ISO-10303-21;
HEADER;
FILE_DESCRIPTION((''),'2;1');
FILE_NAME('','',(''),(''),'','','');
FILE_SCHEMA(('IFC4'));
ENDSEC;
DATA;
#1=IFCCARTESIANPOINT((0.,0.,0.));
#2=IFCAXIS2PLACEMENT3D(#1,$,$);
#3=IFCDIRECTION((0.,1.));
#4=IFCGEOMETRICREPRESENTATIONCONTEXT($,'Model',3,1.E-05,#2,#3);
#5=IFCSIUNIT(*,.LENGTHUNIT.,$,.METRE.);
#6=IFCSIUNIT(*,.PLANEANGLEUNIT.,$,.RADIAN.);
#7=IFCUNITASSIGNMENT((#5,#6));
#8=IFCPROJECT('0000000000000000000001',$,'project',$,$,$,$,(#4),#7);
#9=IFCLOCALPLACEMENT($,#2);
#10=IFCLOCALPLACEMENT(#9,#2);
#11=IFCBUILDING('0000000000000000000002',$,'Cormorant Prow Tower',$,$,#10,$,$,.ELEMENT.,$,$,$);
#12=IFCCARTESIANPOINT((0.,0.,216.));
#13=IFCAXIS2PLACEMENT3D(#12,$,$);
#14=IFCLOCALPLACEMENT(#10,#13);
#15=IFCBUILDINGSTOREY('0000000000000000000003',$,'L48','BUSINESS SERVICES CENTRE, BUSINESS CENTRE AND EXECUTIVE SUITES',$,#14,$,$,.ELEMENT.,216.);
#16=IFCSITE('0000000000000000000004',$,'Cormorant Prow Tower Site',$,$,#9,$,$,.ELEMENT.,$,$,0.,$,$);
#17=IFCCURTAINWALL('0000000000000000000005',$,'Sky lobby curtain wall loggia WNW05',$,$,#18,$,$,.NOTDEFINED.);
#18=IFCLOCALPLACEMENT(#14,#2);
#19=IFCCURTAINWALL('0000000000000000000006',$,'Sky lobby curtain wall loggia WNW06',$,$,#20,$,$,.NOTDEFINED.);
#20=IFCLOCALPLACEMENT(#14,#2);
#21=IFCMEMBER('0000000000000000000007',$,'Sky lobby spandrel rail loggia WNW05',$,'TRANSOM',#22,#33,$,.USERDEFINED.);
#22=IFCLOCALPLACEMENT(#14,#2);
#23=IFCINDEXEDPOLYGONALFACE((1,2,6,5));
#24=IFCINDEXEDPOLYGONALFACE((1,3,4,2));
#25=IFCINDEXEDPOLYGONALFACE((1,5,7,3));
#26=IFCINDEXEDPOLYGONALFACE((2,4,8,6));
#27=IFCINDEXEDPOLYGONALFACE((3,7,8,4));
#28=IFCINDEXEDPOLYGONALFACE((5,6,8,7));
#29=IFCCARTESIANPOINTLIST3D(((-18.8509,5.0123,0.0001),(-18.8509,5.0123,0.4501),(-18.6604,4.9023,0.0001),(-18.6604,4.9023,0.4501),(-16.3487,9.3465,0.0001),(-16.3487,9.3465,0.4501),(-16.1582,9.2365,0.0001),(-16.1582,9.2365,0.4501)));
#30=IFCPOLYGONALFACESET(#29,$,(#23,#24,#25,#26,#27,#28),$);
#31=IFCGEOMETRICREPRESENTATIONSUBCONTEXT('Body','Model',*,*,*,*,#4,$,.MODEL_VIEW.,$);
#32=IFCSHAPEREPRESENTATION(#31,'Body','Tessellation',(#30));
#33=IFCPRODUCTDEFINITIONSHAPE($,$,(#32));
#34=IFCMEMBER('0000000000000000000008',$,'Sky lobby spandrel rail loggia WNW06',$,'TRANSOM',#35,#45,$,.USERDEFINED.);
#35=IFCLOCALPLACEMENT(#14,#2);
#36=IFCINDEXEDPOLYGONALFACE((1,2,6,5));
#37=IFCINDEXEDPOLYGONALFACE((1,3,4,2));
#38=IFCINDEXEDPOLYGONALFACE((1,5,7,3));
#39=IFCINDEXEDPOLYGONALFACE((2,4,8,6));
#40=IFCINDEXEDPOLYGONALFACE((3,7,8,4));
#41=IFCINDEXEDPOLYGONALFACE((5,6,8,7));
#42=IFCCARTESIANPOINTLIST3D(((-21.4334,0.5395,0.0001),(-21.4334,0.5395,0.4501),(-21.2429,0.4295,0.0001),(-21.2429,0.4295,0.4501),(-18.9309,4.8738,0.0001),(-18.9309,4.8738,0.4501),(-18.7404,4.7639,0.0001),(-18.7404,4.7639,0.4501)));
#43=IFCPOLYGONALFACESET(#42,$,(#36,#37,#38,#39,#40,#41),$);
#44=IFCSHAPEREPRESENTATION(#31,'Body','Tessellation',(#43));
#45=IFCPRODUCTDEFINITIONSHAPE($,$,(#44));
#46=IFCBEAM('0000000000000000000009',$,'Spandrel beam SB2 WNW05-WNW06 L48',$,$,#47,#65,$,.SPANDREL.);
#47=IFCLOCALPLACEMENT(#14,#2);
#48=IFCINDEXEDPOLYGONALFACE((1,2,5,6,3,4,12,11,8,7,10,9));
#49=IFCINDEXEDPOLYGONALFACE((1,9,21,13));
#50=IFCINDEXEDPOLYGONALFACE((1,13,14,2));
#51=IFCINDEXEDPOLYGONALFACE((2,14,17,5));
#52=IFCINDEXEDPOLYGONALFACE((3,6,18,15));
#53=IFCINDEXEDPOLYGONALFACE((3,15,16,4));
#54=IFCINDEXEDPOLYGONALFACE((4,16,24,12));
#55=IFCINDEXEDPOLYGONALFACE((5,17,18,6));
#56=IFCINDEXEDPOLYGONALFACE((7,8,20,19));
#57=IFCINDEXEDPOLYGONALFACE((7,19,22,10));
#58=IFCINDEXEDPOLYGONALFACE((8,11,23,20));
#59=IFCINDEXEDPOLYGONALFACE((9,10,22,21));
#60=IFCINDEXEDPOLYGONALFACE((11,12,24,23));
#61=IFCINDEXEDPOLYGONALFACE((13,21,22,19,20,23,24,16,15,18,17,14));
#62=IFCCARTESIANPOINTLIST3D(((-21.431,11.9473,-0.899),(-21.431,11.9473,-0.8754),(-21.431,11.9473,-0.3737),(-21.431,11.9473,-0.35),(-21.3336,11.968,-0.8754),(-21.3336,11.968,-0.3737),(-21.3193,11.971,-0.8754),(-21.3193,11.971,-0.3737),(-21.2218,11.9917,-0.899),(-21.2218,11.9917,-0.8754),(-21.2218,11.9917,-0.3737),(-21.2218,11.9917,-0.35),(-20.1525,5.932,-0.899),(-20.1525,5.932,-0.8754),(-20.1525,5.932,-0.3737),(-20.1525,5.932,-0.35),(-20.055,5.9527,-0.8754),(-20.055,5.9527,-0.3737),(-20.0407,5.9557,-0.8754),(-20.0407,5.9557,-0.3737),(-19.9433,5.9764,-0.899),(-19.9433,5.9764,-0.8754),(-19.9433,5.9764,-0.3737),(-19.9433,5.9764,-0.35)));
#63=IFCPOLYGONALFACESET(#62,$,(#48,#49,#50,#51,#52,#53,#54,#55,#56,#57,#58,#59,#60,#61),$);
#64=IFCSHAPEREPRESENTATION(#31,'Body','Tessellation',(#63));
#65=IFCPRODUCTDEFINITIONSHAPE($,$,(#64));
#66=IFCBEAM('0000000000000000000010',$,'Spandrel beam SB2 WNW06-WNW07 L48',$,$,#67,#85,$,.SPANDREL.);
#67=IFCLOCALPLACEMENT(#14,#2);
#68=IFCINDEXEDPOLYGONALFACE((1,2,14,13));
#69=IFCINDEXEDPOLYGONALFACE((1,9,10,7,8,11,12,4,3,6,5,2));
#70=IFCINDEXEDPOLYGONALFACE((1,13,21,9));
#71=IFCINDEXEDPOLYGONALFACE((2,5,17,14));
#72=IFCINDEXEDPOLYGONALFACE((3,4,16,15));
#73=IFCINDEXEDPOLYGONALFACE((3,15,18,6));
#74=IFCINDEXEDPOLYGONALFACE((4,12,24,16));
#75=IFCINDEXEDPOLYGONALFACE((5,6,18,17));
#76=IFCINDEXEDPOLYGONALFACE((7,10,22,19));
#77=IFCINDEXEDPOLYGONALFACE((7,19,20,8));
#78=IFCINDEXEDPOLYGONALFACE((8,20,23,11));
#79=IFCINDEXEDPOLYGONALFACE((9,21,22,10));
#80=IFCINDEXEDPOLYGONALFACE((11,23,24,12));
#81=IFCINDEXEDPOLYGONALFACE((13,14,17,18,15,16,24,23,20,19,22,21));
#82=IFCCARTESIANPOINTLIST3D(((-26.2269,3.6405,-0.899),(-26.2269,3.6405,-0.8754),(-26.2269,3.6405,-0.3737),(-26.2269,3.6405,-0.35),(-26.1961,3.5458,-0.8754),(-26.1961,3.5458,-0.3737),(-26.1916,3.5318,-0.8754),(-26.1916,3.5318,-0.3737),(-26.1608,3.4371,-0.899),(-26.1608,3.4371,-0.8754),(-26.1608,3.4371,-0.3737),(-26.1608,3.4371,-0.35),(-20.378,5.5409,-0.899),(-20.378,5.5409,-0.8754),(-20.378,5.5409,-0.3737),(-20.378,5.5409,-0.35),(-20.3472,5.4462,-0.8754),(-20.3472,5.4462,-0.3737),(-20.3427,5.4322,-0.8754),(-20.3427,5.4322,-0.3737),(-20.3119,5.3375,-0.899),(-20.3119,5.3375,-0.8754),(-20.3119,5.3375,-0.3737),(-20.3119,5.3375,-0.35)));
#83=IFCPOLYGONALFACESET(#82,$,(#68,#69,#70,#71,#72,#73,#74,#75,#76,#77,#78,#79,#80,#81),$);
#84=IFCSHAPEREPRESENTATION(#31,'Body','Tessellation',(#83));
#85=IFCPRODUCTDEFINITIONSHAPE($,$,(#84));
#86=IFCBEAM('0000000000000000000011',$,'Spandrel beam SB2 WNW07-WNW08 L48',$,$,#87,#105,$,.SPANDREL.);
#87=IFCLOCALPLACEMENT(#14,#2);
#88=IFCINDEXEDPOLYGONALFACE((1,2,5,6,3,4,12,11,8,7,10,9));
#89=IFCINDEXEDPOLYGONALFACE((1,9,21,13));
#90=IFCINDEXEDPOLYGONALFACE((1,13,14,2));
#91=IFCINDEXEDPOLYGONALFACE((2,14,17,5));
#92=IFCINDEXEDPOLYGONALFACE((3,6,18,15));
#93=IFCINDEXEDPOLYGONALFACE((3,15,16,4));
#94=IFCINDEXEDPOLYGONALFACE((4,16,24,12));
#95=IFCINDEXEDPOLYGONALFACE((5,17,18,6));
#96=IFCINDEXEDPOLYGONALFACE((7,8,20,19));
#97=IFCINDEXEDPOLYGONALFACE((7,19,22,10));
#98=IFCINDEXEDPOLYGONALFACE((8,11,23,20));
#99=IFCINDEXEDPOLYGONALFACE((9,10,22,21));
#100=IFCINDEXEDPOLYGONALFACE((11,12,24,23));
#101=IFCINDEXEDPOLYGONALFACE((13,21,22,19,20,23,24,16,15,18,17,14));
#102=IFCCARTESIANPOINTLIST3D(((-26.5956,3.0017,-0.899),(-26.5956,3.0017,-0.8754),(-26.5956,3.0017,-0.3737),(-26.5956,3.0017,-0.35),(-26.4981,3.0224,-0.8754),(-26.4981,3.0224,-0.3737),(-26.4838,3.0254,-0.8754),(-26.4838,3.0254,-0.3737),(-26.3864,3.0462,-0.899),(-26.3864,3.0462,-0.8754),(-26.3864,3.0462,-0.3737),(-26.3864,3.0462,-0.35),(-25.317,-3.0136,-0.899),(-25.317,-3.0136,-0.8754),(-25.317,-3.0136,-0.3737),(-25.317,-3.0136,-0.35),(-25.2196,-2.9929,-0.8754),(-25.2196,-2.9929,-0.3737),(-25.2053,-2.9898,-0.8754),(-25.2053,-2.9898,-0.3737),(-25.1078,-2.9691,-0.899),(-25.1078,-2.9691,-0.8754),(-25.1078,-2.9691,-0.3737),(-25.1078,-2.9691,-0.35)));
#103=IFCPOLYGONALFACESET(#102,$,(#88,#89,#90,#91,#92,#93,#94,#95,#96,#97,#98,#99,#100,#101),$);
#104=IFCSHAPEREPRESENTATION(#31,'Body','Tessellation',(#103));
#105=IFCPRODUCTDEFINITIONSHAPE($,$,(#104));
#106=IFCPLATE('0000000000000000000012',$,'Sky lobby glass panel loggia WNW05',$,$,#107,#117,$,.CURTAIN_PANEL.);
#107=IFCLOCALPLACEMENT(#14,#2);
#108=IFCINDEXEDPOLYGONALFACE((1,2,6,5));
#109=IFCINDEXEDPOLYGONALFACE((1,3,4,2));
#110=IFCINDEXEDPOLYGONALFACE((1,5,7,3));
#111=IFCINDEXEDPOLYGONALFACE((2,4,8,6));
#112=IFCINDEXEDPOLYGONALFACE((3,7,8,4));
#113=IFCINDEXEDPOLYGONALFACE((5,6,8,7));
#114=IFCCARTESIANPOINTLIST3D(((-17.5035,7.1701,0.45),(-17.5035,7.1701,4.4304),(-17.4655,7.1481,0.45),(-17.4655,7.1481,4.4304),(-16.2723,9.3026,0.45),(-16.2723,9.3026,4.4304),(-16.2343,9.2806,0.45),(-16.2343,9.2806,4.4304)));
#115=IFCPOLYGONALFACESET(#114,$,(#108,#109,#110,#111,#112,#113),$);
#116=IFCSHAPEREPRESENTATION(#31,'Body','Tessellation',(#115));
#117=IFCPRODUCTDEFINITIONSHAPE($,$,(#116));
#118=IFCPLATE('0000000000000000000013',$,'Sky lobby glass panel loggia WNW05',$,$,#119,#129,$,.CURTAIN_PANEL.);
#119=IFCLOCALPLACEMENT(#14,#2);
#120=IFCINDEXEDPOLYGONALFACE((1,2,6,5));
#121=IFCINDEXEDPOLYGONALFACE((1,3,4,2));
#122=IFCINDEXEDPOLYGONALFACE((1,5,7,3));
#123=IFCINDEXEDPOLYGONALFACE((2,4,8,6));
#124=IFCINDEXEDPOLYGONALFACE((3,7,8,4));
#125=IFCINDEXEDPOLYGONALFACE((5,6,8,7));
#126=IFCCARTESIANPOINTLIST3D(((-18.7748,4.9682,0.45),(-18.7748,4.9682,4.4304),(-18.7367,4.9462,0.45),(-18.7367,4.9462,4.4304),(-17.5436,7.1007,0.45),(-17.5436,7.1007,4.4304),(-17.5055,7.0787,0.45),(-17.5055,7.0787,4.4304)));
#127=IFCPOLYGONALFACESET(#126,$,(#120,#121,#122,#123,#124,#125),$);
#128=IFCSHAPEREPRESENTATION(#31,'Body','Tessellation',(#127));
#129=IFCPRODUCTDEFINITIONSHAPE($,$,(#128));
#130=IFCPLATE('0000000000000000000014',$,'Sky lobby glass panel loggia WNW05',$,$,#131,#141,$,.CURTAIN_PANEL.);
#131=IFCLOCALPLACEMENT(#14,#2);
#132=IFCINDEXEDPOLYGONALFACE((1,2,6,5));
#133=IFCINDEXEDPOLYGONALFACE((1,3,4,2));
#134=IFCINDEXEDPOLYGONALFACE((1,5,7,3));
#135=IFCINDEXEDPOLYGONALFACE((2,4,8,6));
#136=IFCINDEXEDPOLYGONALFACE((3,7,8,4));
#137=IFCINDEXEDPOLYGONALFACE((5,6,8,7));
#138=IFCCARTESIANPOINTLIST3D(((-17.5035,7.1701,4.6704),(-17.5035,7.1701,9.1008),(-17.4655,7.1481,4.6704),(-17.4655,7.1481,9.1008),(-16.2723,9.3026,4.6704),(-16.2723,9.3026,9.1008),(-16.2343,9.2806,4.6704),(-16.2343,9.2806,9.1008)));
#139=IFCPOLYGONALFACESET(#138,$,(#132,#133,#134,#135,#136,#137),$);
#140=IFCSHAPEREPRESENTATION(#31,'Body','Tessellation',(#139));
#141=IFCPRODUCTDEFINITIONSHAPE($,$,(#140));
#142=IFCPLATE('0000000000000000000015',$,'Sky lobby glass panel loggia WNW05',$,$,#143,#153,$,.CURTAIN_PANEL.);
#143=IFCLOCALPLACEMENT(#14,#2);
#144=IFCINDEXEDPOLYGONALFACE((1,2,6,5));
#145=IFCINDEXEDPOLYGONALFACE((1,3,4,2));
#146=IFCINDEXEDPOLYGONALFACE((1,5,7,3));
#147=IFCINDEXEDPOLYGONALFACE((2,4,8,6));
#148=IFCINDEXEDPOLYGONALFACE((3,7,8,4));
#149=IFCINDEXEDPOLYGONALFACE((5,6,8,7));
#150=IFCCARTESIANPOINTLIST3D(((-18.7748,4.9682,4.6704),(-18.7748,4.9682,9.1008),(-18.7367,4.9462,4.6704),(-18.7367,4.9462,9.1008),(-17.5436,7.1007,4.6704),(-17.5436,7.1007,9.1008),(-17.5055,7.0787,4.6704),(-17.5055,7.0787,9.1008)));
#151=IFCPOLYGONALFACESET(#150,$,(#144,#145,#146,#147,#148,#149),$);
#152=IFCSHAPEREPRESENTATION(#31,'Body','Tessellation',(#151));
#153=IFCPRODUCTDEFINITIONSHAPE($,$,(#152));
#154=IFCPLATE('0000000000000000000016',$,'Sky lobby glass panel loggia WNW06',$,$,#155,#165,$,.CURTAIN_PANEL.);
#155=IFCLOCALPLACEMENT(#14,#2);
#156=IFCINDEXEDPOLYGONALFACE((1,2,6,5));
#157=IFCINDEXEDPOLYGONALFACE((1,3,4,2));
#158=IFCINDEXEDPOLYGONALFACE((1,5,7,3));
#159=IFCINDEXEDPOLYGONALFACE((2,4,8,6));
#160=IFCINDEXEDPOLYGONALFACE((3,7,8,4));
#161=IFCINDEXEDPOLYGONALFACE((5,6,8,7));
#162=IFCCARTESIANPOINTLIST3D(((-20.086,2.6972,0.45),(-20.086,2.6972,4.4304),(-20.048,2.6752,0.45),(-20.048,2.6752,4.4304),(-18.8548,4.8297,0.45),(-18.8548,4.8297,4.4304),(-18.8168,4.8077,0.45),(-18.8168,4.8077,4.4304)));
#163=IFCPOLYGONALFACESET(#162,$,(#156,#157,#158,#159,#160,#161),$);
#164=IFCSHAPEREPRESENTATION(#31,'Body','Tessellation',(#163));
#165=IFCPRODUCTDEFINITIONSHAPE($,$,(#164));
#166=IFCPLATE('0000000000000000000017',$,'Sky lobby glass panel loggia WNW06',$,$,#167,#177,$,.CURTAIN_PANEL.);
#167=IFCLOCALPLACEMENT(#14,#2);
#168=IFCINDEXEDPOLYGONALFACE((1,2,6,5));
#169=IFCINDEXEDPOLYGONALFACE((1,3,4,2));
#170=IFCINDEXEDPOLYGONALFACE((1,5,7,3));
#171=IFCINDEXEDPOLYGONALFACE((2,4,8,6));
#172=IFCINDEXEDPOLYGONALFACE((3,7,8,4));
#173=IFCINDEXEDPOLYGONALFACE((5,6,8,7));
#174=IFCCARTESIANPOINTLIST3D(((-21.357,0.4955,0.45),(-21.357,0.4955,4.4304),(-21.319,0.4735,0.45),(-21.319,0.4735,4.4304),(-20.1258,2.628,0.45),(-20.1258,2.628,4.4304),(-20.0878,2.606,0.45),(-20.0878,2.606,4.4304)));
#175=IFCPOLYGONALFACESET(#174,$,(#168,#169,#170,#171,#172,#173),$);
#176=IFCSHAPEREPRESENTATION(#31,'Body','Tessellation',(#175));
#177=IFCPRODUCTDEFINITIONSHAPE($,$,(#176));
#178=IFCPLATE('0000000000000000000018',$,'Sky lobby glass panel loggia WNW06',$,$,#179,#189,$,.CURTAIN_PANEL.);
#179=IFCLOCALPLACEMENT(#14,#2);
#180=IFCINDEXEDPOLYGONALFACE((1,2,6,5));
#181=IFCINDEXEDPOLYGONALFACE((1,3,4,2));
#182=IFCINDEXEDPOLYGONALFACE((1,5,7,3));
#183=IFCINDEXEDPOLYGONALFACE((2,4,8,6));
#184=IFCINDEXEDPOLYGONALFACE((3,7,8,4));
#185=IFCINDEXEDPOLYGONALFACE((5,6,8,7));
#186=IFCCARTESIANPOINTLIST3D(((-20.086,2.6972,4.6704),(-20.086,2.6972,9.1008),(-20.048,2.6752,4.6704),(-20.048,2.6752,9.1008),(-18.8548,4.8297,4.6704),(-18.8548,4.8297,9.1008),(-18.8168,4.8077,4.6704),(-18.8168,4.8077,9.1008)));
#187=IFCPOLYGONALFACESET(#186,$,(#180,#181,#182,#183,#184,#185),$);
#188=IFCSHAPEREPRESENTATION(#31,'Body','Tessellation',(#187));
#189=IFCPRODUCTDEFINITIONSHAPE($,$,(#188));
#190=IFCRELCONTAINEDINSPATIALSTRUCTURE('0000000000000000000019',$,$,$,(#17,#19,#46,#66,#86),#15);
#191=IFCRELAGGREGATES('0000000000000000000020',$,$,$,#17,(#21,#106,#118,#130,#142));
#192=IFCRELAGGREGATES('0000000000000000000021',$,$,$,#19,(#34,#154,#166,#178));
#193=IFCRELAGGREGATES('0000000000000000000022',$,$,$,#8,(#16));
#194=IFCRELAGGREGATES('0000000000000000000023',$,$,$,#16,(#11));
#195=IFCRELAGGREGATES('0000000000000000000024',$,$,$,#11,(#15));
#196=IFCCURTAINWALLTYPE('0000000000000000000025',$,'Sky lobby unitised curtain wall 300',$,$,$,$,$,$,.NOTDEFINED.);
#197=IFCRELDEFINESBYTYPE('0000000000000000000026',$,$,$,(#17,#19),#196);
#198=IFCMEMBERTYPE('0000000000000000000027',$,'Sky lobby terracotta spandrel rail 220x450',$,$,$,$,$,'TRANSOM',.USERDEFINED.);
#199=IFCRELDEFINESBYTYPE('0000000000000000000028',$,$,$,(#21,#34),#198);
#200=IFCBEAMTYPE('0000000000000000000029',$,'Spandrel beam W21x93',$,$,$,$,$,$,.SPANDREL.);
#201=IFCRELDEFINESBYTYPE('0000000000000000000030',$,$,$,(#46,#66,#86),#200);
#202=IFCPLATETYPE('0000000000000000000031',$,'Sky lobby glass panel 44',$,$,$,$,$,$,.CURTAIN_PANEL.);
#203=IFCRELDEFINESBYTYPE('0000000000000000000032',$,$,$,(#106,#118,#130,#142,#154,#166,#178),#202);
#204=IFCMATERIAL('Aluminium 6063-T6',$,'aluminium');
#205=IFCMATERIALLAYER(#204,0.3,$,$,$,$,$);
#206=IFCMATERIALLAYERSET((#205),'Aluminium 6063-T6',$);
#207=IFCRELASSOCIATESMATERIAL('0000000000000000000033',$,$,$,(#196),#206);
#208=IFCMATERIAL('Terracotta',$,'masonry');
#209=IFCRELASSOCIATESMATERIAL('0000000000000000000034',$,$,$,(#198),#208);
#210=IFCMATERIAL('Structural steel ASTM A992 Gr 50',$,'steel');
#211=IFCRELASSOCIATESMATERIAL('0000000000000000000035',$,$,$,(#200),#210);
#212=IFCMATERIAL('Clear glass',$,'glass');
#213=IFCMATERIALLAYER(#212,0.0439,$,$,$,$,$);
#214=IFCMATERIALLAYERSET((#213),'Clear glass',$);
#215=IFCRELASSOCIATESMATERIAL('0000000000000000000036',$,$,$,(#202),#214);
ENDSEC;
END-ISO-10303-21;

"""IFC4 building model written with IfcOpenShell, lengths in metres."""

from ifc_helpers import new_model, si_unit, direction, frame, origin, origin_2d, place, context, subcontext, project, spatial, rectangle, i_section, extrude, material, layer, layer_set, material_profile, profile_set, type_object, element, aggregate, save


model = new_model("IFC4")

# Units and contexts
model_context = context("Model", 3, precision=1e-05, world=origin(), true_north=direction((0.0, 1.0)))
body_context = subcontext(model_context, "Body", "Model", "MODEL_VIEW")
ifc_project = project(units=[si_unit("LENGTHUNIT", "METRE"), si_unit("PLANEANGLEUNIT", "RADIAN")], contexts=[model_context])

# Site, building, storey
site_placement = place(None, origin())
site = spatial("IfcSite", under=ifc_project, at=site_placement, Name="Cormorant Prow Tower Site", CompositionType="ELEMENT", RefElevation=0.0)
building_placement = place(site_placement, origin())
building = spatial("IfcBuilding", under=site, at=building_placement, Name="Cormorant Prow Tower", CompositionType="ELEMENT")
storey_placement = place(building_placement, frame((0.0, 0.0, 216.0)))
storey = spatial("IfcBuildingStorey", under=building, at=storey_placement, Name="L48", Description="BUSINESS SERVICES CENTRE, BUSINESS CENTRE AND EXECUTIVE SUITES", CompositionType="ELEMENT", Elevation=216.0)

# Curtain walls
ifc_material_1 = material(Name="Aluminium 6063-T6", Category="aluminium")
ifc_layer_1 = layer(ifc_material_1, 0.3)
ifc_layer_set_1 = layer_set([ifc_layer_1], Name="Aluminium 6063-T6")
curtain_wall_type = type_object("IfcCurtainWallType", Name="Sky lobby unitised curtain wall 300", PredefinedType="NOTDEFINED", material=ifc_layer_set_1)
curtain_wall_1_placement = place(storey_placement, origin())
curtain_wall_1 = element("IfcCurtainWall", 1, at=curtain_wall_1_placement, inside=storey, type_object=curtain_wall_type, Name="Sky lobby curtain wall loggia WNW05", PredefinedType="NOTDEFINED")
curtain_wall_2_placement = place(storey_placement, origin())
curtain_wall_2 = element("IfcCurtainWall", 2, at=curtain_wall_2_placement, inside=storey, type_object=curtain_wall_type, Name="Sky lobby curtain wall loggia WNW06", PredefinedType="NOTDEFINED")

# Members
ifc_material_2 = material(Name="Terracotta", Category="masonry")
ifc_material_profile_1 = material_profile(ifc_material_2, rectangle(XDim=0.22, YDim=0.45, at=origin_2d()), Name="Sky lobby terracotta spandrel rail 220x450")
ifc_profile_set_1 = profile_set([ifc_material_profile_1], Name="Terracotta")
member_type_1 = type_object("IfcMemberType", Name="Sky lobby terracotta spandrel rail 220x450", ElementType="TRANSOM", PredefinedType="USERDEFINED", material=ifc_profile_set_1)
member_1_placement = place(storey_placement, frame((-16.2534, 9.2915, 0.2251), z_axis=(-0.499974, -0.86604, 0.0), x_axis=(0.86604, -0.499974, 0.0)))
member_1 = element("IfcMember", 3, at=member_1_placement, type_object=member_type_1, Name="Sky lobby spandrel rail loggia WNW05", ObjectType="TRANSOM", PredefinedType="USERDEFINED", context=body_context, shape_type="SweptSolid", body=[
    extrude(rectangle(XDim=0.22, YDim=0.45, at=origin_2d()), origin(), (0.0, 0.0, 1.0), 5.0046),
])
member_2_placement = place(storey_placement, frame((-18.8357, 4.8188, 0.2251), z_axis=(-0.500011, -0.866019, 0.0), x_axis=(0.866019, -0.500011, 0.0)))
member_2 = element("IfcMember", 4, at=member_2_placement, type_object=member_type_1, Name="Sky lobby spandrel rail loggia WNW06", ObjectType="TRANSOM", PredefinedType="USERDEFINED", context=body_context, shape_type="SweptSolid", body=[
    extrude(rectangle(XDim=0.22, YDim=0.45, at=origin_2d()), origin(), (0.0, 0.0, 1.0), 5.0049),
])

# Beams
ifc_material_3 = material(Name="Structural steel ASTM A992 Gr 50", Category="steel")
ifc_material_profile_2 = material_profile(ifc_material_3, i_section(OverallWidth=0.2139, OverallDepth=0.5491, WebThickness=0.0146, FlangeThickness=0.0237, at=origin_2d()), Name="W21x93")
ifc_profile_set_2 = profile_set([ifc_material_profile_2], Name="Structural steel ASTM A992 Gr 50")
beam_type = type_object("IfcBeamType", Name="Spandrel beam W21x93", PredefinedType="SPANDREL", material=ifc_profile_set_2)
beam_1_placement = place(storey_placement, frame((-21.3264, 11.9695, -0.6245), z_axis=(0.207905, -0.978149, 0.0), x_axis=(0.978149, 0.207905, 0.0)))
element("IfcBeam", 5, at=beam_1_placement, inside=storey, type_object=beam_type, Name="Spandrel beam SB2 WNW05-WNW06 L48", PredefinedType="SPANDREL", context=body_context, shape_type="SweptSolid", body=[
    extrude(i_section(OverallWidth=0.2139, OverallDepth=0.5491, WebThickness=0.0146, FlangeThickness=0.0237, at=origin_2d()), origin(), (0.0, 0.0, 1.0), 6.1497),
])
beam_2_placement = place(storey_placement, frame((-20.345, 5.4392, -0.6245), z_axis=(-0.951058, -0.309013, 0.0), x_axis=(0.309013, -0.951058, 0.0)))
element("IfcBeam", 6, at=beam_2_placement, inside=storey, type_object=beam_type, Name="Spandrel beam SB2 WNW06-WNW07 L48", PredefinedType="SPANDREL", context=body_context, shape_type="SweptSolid", body=[
    extrude(i_section(OverallWidth=0.2139, OverallDepth=0.5491, WebThickness=0.0146, FlangeThickness=0.0237, at=origin_2d()), origin(), (0.0, 0.0, 1.0), 6.1499),
])
beam_3_placement = place(storey_placement, frame((-26.491, 3.0239, -0.6245), z_axis=(0.207905, -0.978149, 0.0), x_axis=(0.978149, 0.207905, 0.0)))
element("IfcBeam", 7, at=beam_3_placement, inside=storey, type_object=beam_type, Name="Spandrel beam SB2 WNW07-WNW08 L48", PredefinedType="SPANDREL", context=body_context, shape_type="SweptSolid", body=[
    extrude(i_section(OverallWidth=0.2139, OverallDepth=0.5491, WebThickness=0.0146, FlangeThickness=0.0237, at=origin_2d()), origin(), (0.0, 0.0, 1.0), 6.1497),
])

# Plates
ifc_material_4 = material(Name="Clear glass", Category="glass")
ifc_layer_2 = layer(ifc_material_4, 0.0439)
ifc_layer_set_2 = layer_set([ifc_layer_2], Name="Clear glass")
plate_type = type_object("IfcPlateType", Name="Sky lobby glass panel 44", PredefinedType="CURTAIN_PANEL", material=ifc_layer_set_2)
plate_1_placement = place(storey_placement, frame((-16.8689, 8.2253, 0.45), z_axis=(0.0, 0.0, 1.0), x_axis=(-0.5, -0.866025, 0.0)))
plate_1 = element("IfcPlate", 8, at=plate_1_placement, type_object=plate_type, Name="Sky lobby glass panel loggia WNW05", PredefinedType="CURTAIN_PANEL", context=body_context, shape_type="SweptSolid", body=[
    extrude(rectangle(XDim=2.4624, YDim=0.0439, at=origin_2d()), origin(), (0.0, 0.0, 1.0), 3.9805),
])
plate_2_placement = place(storey_placement, frame((-18.1401, 6.0234, 0.45), z_axis=(0.0, 0.0, 1.0), x_axis=(-0.5, -0.866025, 0.0)))
plate_2 = element("IfcPlate", 9, at=plate_2_placement, type_object=plate_type, Name="Sky lobby glass panel loggia WNW05", PredefinedType="CURTAIN_PANEL", context=body_context, shape_type="SweptSolid", body=[
    extrude(rectangle(XDim=2.4624, YDim=0.0439, at=origin_2d()), origin(), (0.0, 0.0, 1.0), 3.9805),
])
plate_3_placement = place(storey_placement, frame((-16.8689, 8.2253, 4.6704), z_axis=(0.0, 0.0, 1.0), x_axis=(-0.5, -0.866025, 0.0)))
plate_3 = element("IfcPlate", 10, at=plate_3_placement, type_object=plate_type, Name="Sky lobby glass panel loggia WNW05", PredefinedType="CURTAIN_PANEL", context=body_context, shape_type="SweptSolid", body=[
    extrude(rectangle(XDim=2.4624, YDim=0.0439, at=origin_2d()), origin(), (0.0, 0.0, 1.0), 4.4304),
])
plate_4_placement = place(storey_placement, frame((-18.1401, 6.0234, 4.6704), z_axis=(0.0, 0.0, 1.0), x_axis=(-0.5, -0.866025, 0.0)))
plate_4 = element("IfcPlate", 11, at=plate_4_placement, type_object=plate_type, Name="Sky lobby glass panel loggia WNW05", PredefinedType="CURTAIN_PANEL", context=body_context, shape_type="SweptSolid", body=[
    extrude(rectangle(XDim=2.4624, YDim=0.0439, at=origin_2d()), origin(), (0.0, 0.0, 1.0), 4.4304),
])
aggregate(curtain_wall_1, [member_1, plate_1, plate_2, plate_3, plate_4])
plate_5_placement = place(storey_placement, frame((-19.4514, 3.7524, 0.45), z_axis=(0.0, 0.0, 1.0), x_axis=(-0.5, -0.866025, 0.0)))
plate_5 = element("IfcPlate", 12, at=plate_5_placement, type_object=plate_type, Name="Sky lobby glass panel loggia WNW06", PredefinedType="CURTAIN_PANEL", context=body_context, shape_type="SweptSolid", body=[
    extrude(rectangle(XDim=2.4624, YDim=0.0439, at=origin_2d()), origin(), (0.0, 0.0, 1.0), 3.9805),
])
plate_6_placement = place(storey_placement, frame((-20.7224, 1.5508, 0.45), z_axis=(0.0, 0.0, 1.0), x_axis=(-0.5, -0.866025, 0.0)))
plate_6 = element("IfcPlate", 13, at=plate_6_placement, type_object=plate_type, Name="Sky lobby glass panel loggia WNW06", PredefinedType="CURTAIN_PANEL", context=body_context, shape_type="SweptSolid", body=[
    extrude(rectangle(XDim=2.4624, YDim=0.0439, at=origin_2d()), origin(), (0.0, 0.0, 1.0), 3.9805),
])
plate_7_placement = place(storey_placement, frame((-19.4514, 3.7524, 4.6704), z_axis=(0.0, 0.0, 1.0), x_axis=(-0.5, -0.866025, 0.0)))
plate_7 = element("IfcPlate", 14, at=plate_7_placement, type_object=plate_type, Name="Sky lobby glass panel loggia WNW06", PredefinedType="CURTAIN_PANEL", context=body_context, shape_type="SweptSolid", body=[
    extrude(rectangle(XDim=2.4624, YDim=0.0439, at=origin_2d()), origin(), (0.0, 0.0, 1.0), 4.4304),
])
aggregate(curtain_wall_2, [member_2, plate_5, plate_6, plate_7])

save(model, "model.ifc")
